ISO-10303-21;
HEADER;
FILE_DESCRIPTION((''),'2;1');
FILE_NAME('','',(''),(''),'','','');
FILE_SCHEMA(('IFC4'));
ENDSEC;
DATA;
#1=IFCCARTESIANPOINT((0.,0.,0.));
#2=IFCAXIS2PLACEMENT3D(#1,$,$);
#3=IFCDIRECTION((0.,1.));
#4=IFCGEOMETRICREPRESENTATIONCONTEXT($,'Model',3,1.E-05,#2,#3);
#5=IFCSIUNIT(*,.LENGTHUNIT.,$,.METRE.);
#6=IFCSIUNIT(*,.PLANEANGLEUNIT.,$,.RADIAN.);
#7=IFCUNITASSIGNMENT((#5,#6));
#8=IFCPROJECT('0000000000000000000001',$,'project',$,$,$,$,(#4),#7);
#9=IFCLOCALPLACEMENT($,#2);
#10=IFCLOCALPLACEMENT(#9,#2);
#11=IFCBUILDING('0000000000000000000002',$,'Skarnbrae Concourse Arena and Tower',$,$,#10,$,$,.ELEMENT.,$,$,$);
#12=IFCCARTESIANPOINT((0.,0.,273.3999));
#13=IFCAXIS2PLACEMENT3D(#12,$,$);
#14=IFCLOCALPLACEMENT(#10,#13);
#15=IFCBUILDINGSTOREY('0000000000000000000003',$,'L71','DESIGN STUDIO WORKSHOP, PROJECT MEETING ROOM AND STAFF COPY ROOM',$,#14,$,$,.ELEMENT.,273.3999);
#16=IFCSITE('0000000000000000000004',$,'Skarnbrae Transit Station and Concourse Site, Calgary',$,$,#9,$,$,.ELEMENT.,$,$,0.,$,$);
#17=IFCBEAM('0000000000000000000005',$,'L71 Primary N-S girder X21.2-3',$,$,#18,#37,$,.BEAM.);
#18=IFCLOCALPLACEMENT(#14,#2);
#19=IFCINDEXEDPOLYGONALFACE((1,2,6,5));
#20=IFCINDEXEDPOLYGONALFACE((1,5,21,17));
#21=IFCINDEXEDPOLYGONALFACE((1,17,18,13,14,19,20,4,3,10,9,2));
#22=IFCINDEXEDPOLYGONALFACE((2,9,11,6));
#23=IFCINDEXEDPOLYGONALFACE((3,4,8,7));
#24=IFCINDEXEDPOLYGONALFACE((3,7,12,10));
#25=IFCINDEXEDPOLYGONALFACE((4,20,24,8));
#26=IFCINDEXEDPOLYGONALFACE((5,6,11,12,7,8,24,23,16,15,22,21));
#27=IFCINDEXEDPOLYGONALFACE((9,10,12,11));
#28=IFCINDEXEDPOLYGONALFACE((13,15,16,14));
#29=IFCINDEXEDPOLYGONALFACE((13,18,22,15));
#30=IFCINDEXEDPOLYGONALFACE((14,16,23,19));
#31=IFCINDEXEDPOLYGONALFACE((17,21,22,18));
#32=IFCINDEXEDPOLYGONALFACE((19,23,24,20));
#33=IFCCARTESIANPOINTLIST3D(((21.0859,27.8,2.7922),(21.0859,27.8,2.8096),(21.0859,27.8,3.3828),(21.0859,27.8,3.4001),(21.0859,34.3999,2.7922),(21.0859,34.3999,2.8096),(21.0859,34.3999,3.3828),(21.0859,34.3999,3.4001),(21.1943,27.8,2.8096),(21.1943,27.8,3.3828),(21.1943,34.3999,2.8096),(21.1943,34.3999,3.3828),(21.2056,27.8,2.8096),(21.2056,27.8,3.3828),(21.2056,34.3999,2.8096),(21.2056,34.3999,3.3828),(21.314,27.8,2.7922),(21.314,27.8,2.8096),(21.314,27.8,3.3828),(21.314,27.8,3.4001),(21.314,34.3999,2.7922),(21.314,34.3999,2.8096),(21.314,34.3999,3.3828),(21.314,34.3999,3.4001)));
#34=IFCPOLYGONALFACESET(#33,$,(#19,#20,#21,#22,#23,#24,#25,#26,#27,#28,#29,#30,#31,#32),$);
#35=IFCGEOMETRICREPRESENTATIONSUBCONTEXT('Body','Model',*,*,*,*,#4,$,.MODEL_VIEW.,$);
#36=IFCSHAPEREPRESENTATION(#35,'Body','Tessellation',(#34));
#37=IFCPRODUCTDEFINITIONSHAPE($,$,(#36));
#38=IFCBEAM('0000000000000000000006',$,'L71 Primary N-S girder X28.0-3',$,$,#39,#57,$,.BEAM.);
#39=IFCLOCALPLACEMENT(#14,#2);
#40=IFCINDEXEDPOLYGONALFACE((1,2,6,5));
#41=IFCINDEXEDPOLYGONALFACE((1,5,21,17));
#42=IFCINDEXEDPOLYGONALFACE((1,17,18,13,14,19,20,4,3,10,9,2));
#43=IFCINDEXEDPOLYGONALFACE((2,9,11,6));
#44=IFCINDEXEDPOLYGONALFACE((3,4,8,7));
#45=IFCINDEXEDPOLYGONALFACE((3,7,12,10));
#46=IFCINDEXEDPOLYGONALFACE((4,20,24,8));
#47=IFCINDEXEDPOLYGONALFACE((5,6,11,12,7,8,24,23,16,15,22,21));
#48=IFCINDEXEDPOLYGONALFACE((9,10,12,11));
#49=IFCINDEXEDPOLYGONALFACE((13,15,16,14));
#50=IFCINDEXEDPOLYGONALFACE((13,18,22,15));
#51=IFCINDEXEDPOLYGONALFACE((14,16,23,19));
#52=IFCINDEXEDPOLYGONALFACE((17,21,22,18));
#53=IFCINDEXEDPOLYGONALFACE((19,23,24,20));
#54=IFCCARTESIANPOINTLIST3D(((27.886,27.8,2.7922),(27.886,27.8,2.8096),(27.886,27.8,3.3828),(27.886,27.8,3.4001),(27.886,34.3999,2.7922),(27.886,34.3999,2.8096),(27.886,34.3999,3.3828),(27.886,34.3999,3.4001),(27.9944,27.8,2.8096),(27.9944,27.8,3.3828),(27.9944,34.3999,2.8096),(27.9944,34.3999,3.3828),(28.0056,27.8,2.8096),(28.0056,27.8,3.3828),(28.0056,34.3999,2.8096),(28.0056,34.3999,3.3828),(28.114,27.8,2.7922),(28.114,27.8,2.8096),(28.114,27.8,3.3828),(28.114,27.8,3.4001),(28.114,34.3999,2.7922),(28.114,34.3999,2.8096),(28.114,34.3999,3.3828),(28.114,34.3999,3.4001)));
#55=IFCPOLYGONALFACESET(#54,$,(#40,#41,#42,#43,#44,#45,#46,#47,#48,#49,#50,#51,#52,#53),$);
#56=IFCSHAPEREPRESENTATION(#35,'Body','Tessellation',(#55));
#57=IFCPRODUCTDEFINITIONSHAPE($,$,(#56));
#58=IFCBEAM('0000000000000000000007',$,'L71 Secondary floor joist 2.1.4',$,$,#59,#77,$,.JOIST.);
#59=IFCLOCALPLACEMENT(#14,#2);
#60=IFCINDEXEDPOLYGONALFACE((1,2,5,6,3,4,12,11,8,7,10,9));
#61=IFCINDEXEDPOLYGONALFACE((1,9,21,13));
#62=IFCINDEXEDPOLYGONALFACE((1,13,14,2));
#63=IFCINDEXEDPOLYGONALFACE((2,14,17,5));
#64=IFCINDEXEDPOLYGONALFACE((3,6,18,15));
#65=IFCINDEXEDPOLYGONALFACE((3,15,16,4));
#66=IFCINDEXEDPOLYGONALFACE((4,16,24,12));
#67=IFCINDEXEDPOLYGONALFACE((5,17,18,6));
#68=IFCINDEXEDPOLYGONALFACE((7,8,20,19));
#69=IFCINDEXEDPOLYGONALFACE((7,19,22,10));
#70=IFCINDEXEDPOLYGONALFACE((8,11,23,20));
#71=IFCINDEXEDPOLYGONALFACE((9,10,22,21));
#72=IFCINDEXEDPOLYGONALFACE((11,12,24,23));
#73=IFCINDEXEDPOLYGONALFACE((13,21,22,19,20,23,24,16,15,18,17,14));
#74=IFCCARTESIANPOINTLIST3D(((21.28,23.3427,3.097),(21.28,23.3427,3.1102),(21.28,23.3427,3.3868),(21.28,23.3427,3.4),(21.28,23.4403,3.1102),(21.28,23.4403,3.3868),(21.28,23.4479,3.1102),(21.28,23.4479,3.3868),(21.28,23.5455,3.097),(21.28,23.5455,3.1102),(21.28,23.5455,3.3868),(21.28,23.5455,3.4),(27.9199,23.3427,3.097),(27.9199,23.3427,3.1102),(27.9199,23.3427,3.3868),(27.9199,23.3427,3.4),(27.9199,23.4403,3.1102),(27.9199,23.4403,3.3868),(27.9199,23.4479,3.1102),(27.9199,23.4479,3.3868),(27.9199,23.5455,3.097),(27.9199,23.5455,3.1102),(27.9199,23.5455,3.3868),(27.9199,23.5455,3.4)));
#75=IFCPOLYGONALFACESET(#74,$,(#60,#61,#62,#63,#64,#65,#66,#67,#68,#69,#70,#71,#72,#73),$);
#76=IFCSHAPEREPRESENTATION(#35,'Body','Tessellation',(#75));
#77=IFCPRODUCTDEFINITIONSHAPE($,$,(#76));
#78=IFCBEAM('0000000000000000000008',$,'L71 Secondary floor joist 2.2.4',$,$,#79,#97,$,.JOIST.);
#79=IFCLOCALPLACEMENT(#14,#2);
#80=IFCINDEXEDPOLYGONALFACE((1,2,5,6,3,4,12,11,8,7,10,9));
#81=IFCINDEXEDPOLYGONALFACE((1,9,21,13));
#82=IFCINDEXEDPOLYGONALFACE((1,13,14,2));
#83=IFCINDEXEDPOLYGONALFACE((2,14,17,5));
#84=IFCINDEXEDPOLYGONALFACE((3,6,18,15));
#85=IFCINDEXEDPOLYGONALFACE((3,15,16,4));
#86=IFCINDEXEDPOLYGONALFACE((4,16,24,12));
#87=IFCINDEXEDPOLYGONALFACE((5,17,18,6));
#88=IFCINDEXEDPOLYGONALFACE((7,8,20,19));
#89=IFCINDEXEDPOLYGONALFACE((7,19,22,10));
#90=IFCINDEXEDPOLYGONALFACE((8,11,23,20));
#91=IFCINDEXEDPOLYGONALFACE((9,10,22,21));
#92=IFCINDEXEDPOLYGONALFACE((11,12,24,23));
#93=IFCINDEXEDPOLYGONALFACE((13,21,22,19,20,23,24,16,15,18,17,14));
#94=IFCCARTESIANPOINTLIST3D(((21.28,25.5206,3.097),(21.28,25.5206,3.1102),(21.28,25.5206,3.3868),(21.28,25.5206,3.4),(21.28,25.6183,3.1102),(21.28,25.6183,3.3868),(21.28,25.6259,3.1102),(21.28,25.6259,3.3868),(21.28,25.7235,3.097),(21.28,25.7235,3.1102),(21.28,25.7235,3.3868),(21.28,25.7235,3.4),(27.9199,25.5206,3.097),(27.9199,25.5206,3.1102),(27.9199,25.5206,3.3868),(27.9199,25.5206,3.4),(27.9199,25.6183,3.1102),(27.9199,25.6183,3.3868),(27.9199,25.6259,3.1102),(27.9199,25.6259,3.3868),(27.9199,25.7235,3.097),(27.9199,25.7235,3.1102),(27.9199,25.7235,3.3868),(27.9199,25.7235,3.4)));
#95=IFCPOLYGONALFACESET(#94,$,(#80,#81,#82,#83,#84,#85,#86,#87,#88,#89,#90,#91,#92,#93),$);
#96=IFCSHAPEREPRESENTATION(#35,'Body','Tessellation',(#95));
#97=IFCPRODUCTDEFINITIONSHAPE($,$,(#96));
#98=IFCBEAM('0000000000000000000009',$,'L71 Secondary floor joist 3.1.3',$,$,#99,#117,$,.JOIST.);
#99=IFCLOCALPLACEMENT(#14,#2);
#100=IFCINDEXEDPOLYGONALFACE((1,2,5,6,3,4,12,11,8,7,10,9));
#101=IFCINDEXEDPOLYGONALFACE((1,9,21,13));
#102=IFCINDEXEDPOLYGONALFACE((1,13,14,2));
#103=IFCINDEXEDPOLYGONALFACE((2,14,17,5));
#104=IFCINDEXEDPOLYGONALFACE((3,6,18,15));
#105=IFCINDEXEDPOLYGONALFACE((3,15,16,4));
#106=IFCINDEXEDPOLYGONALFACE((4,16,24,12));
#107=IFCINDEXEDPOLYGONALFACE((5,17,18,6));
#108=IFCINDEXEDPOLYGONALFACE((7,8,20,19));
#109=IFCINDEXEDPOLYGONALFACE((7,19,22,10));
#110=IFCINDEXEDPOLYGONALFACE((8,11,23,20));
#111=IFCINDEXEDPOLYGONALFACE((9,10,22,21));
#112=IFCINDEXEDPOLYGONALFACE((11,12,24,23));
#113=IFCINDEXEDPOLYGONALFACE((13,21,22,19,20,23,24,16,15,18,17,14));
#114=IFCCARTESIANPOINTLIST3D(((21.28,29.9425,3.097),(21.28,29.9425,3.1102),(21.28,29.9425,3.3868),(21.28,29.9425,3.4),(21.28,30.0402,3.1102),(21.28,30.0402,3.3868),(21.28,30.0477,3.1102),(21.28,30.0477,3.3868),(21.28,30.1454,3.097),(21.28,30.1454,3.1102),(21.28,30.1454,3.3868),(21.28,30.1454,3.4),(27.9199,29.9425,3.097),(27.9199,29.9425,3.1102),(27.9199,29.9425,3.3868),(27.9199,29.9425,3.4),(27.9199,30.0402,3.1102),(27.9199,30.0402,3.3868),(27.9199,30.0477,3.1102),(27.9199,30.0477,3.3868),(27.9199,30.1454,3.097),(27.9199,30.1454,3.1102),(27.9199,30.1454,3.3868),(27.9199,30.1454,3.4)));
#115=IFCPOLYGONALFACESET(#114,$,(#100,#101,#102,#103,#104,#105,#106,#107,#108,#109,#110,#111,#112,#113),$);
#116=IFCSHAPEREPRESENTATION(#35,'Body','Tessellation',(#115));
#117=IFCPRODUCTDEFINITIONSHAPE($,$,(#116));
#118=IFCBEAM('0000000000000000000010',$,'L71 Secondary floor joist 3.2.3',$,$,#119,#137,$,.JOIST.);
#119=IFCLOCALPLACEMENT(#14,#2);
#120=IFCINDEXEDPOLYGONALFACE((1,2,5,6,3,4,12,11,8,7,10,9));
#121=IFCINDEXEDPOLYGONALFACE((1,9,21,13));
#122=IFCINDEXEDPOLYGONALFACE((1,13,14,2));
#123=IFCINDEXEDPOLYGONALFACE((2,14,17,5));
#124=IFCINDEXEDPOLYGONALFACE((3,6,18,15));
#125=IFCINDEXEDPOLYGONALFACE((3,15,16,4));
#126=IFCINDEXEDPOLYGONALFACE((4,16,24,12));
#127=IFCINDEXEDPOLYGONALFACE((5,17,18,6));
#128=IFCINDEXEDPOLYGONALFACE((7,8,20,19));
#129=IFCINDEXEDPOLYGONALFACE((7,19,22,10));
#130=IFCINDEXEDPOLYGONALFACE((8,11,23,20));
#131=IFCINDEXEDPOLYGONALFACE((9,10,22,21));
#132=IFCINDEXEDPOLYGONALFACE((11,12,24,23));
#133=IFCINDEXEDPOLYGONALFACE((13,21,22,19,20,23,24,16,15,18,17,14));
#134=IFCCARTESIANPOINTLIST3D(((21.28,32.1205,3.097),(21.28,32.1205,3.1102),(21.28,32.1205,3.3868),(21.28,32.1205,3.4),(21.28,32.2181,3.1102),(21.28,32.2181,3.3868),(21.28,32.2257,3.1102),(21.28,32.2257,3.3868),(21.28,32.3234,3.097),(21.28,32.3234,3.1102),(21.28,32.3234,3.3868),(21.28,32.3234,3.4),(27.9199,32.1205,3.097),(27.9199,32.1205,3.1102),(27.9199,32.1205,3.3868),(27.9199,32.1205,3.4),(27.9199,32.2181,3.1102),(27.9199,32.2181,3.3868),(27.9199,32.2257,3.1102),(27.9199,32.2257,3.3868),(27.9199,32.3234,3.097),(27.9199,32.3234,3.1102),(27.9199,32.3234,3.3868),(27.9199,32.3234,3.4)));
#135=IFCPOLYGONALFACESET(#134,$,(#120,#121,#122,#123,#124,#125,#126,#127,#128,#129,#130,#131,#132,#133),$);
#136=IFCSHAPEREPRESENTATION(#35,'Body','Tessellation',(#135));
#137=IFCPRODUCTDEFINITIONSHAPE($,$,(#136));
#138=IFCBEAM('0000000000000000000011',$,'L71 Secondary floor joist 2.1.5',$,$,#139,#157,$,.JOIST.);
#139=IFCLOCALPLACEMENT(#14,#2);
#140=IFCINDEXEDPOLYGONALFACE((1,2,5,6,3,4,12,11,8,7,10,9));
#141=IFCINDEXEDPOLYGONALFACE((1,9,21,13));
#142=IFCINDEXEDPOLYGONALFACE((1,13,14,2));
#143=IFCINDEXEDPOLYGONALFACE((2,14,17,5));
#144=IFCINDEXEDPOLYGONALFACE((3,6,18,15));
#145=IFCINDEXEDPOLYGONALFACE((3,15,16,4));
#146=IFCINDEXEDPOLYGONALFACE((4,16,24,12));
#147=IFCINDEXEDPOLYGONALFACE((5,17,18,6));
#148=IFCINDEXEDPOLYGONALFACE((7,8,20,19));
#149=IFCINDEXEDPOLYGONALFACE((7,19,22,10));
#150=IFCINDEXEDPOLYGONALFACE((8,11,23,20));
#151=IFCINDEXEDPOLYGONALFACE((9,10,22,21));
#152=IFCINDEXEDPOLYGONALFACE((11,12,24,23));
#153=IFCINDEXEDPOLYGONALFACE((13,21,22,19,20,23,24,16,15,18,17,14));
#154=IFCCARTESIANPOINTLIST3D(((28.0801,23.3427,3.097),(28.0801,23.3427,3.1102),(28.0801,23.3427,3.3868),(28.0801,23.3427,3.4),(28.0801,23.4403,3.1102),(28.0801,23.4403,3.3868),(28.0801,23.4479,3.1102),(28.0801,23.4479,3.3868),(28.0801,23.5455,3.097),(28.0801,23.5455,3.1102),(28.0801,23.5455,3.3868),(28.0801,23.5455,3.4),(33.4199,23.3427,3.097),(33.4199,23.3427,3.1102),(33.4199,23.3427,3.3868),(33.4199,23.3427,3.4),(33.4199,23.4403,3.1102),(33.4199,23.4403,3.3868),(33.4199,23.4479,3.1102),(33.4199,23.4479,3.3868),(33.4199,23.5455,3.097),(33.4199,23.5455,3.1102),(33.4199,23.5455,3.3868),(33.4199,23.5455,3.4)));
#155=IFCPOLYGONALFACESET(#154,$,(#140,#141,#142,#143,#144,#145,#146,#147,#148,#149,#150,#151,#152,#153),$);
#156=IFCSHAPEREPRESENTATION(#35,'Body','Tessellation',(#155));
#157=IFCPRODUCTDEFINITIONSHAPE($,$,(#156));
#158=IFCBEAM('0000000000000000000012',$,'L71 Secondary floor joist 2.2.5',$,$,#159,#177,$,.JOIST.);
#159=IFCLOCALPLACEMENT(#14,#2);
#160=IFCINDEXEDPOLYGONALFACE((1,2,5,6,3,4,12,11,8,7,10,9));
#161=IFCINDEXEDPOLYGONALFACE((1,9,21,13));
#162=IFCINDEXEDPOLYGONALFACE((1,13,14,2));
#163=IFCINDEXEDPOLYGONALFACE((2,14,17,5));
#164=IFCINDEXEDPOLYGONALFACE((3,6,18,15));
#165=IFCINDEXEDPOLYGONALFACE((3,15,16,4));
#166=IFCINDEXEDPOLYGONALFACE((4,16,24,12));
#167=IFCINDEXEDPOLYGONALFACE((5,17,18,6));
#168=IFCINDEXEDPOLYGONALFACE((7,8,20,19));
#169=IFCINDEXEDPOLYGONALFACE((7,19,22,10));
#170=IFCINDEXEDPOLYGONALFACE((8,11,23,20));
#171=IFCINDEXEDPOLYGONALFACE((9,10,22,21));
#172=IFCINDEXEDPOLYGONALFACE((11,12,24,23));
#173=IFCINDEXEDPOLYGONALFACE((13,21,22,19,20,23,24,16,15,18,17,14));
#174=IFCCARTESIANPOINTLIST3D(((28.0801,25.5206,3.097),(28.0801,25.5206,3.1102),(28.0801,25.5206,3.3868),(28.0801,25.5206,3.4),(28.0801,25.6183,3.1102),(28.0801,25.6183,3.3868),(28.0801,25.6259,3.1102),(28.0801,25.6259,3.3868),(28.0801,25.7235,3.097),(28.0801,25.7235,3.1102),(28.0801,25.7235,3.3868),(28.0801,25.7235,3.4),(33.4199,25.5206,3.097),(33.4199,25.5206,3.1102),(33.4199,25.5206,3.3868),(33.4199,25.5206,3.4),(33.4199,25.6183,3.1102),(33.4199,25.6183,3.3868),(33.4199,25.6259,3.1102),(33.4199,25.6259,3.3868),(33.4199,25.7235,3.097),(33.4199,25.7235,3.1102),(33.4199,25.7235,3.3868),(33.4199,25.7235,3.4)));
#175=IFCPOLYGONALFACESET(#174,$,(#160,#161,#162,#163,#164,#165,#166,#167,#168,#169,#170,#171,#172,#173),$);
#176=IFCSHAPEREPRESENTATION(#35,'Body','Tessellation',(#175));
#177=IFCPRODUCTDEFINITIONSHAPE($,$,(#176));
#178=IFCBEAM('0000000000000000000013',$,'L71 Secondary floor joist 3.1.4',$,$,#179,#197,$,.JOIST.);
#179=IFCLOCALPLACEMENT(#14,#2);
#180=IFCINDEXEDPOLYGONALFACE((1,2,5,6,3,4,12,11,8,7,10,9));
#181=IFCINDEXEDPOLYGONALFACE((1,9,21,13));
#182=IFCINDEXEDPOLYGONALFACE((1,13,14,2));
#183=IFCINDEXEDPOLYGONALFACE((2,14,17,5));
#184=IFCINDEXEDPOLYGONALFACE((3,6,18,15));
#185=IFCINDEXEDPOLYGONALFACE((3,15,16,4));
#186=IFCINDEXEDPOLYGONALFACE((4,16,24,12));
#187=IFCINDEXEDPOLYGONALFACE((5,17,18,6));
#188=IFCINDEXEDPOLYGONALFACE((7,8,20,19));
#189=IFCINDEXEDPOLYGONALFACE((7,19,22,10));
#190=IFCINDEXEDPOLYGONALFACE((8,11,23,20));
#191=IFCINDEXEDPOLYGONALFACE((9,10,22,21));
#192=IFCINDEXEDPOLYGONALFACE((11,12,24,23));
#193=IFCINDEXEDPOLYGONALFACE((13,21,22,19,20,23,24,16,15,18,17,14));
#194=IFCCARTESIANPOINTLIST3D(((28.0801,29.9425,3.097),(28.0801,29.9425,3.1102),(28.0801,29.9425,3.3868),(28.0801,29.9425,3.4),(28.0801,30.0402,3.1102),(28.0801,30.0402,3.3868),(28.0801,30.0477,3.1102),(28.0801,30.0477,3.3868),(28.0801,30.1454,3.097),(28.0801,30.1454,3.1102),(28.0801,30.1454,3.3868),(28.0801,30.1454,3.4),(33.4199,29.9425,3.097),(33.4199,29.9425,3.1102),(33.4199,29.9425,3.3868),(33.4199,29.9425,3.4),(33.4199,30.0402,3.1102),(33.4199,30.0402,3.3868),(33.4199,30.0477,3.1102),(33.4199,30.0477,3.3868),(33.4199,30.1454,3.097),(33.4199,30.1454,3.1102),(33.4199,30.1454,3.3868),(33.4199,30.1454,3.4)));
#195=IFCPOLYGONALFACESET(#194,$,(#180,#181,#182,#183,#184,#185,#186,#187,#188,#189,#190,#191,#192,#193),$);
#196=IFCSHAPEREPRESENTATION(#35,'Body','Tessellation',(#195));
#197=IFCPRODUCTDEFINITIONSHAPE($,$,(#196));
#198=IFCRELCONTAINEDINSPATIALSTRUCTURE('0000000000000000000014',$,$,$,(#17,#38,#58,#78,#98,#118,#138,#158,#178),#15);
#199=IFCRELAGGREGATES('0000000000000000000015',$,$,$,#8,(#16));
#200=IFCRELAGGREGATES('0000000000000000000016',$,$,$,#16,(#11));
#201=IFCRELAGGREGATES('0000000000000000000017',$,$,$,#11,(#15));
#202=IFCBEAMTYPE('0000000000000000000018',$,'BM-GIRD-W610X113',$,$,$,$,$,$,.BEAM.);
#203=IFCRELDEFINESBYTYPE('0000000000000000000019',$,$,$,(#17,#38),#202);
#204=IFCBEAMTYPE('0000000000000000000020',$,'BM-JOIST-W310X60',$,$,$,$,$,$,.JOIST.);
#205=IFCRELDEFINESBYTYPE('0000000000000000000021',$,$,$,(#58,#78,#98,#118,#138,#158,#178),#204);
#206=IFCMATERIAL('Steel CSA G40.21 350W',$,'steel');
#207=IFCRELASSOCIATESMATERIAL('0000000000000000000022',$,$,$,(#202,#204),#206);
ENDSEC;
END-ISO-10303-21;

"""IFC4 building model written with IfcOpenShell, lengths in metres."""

from ifc_helpers import new_model, si_unit, direction, frame, origin, origin_2d, place, context, subcontext, project, spatial, i_section, extrude, source, transform, mapped, material, material_profile, profile_set, type_object, element, save


model = new_model("IFC4")

# Units and contexts
model_context = context("Model", 3, precision=1e-05, world=origin(), true_north=direction((0.0, 1.0)))
body_context = subcontext(model_context, "Body", "Model", "MODEL_VIEW")
ifc_project = project(units=[si_unit("LENGTHUNIT", "METRE"), si_unit("PLANEANGLEUNIT", "RADIAN")], contexts=[model_context])

# Site, building, storey
site_placement = place(None, origin())
site = spatial("IfcSite", under=ifc_project, at=site_placement, Name="Skarnbrae Transit Station and Concourse Site, Calgary", CompositionType="ELEMENT", RefElevation=0.0)
building_placement = place(site_placement, origin())
building = spatial("IfcBuilding", under=site, at=building_placement, Name="Skarnbrae Concourse Arena and Tower", CompositionType="ELEMENT")
storey_placement = place(building_placement, frame((0.0, 0.0, 273.3999)))
storey = spatial("IfcBuildingStorey", under=building, at=storey_placement, Name="L71", Description="DESIGN STUDIO WORKSHOP, PROJECT MEETING ROOM AND STAFF COPY ROOM", CompositionType="ELEMENT", Elevation=273.3999)

# Shared definitions
ifc_material_1 = material(Name="Steel CSA G40.21 350W", Category="steel")

# Beams
ifc_material_profile_1 = material_profile(ifc_material_1, i_section(OverallWidth=0.228, OverallDepth=0.6079, WebThickness=0.0112, FlangeThickness=0.0173, at=origin_2d()), Name="W610X113")
ifc_profile_set_1 = profile_set([ifc_material_profile_1], Name="Steel CSA G40.21 350W")
beam_type_1 = type_object("IfcBeamType", Name="BM-GIRD-W610X113", PredefinedType="BEAM", material=ifc_profile_set_1)
shared_shape_1 = source(origin(), body_context, "Body", "SweptSolid", [
    extrude(i_section(OverallWidth=0.228, OverallDepth=0.6079, WebThickness=0.0112, FlangeThickness=0.0173, at=origin_2d()), origin(), (0.0, 0.0, 1.0), 6.5999),
])
for number, where, z_axis, x_axis, name in (
    (1, (21.2, 27.8, 3.0962), (0.0, 1.0, 0.0), (-1.0, 0.0, 0.0), "L71 Primary N-S girder X21.2-3"),
    (2, (28.0, 27.8, 3.0962), (0.0, 1.0, 0.0), (-1.0, 0.0, 0.0), "L71 Primary N-S girder X28.0-3"),
):
    element("IfcBeam", number, at=place(storey_placement, frame(where, z_axis=z_axis, x_axis=x_axis)), inside=storey, type_object=beam_type_1, Name=name, PredefinedType="BEAM", context=body_context, shape_type="MappedRepresentation", body=[
        mapped(shared_shape_1, transform((0.0, 0.0, 0.0))),
    ])
ifc_material_profile_2 = material_profile(ifc_material_1, i_section(OverallWidth=0.2029, OverallDepth=0.303, WebThickness=0.0076, FlangeThickness=0.0132, at=origin_2d()), Name="W310X60")
ifc_profile_set_2 = profile_set([ifc_material_profile_2], Name="Steel CSA G40.21 350W")
beam_type_2 = type_object("IfcBeamType", Name="BM-JOIST-W310X60", PredefinedType="JOIST", material=ifc_profile_set_2)
shared_shape_2 = source(origin(), body_context, "Body", "SweptSolid", [
    extrude(i_section(OverallWidth=0.2029, OverallDepth=0.303, WebThickness=0.0076, FlangeThickness=0.0132, at=origin_2d()), origin(), (0.0, 0.0, 1.0), 6.6399),
])
for number, where, z_axis, x_axis, name in (
    (3, (21.28, 23.4441, 3.2485), (1.0, 0.0, 0.0), (0.0, 1.0, 0.0), "L71 Secondary floor joist 2.1.4"),
    (4, (21.28, 25.6221, 3.2485), (1.0, 0.0, 0.0), (0.0, 1.0, 0.0), "L71 Secondary floor joist 2.2.4"),
    (5, (21.28, 30.0439, 3.2485), (1.0, 0.0, 0.0), (0.0, 1.0, 0.0), "L71 Secondary floor joist 3.1.3"),
    (6, (21.28, 32.2219, 3.2485), (1.0, 0.0, 0.0), (0.0, 1.0, 0.0), "L71 Secondary floor joist 3.2.3"),
):
    element("IfcBeam", number, at=place(storey_placement, frame(where, z_axis=z_axis, x_axis=x_axis)), inside=storey, type_object=beam_type_2, Name=name, PredefinedType="JOIST", context=body_context, shape_type="MappedRepresentation", body=[
        mapped(shared_shape_2, transform((0.0, 0.0, 0.0))),
    ])
shared_shape_3 = source(origin(), body_context, "Body", "SweptSolid", [
    extrude(i_section(OverallWidth=0.2029, OverallDepth=0.303, WebThickness=0.0076, FlangeThickness=0.0132, at=origin_2d()), origin(), (0.0, 0.0, 1.0), 5.3398),
])
for number, where, z_axis, x_axis, name in (
    (7, (28.0801, 23.4441, 3.2485), (1.0, 0.0, 0.0), (0.0, 1.0, 0.0), "L71 Secondary floor joist 2.1.5"),
    (8, (28.0801, 25.6221, 3.2485), (1.0, 0.0, 0.0), (0.0, 1.0, 0.0), "L71 Secondary floor joist 2.2.5"),
    (9, (28.0801, 30.0439, 3.2485), (1.0, 0.0, 0.0), (0.0, 1.0, 0.0), "L71 Secondary floor joist 3.1.4"),
):
    element("IfcBeam", number, at=place(storey_placement, frame(where, z_axis=z_axis, x_axis=x_axis)), inside=storey, type_object=beam_type_2, Name=name, PredefinedType="JOIST", context=body_context, shape_type="MappedRepresentation", body=[
        mapped(shared_shape_3, transform((0.0, 0.0, 0.0))),
    ])

save(model, "model.ifc")
